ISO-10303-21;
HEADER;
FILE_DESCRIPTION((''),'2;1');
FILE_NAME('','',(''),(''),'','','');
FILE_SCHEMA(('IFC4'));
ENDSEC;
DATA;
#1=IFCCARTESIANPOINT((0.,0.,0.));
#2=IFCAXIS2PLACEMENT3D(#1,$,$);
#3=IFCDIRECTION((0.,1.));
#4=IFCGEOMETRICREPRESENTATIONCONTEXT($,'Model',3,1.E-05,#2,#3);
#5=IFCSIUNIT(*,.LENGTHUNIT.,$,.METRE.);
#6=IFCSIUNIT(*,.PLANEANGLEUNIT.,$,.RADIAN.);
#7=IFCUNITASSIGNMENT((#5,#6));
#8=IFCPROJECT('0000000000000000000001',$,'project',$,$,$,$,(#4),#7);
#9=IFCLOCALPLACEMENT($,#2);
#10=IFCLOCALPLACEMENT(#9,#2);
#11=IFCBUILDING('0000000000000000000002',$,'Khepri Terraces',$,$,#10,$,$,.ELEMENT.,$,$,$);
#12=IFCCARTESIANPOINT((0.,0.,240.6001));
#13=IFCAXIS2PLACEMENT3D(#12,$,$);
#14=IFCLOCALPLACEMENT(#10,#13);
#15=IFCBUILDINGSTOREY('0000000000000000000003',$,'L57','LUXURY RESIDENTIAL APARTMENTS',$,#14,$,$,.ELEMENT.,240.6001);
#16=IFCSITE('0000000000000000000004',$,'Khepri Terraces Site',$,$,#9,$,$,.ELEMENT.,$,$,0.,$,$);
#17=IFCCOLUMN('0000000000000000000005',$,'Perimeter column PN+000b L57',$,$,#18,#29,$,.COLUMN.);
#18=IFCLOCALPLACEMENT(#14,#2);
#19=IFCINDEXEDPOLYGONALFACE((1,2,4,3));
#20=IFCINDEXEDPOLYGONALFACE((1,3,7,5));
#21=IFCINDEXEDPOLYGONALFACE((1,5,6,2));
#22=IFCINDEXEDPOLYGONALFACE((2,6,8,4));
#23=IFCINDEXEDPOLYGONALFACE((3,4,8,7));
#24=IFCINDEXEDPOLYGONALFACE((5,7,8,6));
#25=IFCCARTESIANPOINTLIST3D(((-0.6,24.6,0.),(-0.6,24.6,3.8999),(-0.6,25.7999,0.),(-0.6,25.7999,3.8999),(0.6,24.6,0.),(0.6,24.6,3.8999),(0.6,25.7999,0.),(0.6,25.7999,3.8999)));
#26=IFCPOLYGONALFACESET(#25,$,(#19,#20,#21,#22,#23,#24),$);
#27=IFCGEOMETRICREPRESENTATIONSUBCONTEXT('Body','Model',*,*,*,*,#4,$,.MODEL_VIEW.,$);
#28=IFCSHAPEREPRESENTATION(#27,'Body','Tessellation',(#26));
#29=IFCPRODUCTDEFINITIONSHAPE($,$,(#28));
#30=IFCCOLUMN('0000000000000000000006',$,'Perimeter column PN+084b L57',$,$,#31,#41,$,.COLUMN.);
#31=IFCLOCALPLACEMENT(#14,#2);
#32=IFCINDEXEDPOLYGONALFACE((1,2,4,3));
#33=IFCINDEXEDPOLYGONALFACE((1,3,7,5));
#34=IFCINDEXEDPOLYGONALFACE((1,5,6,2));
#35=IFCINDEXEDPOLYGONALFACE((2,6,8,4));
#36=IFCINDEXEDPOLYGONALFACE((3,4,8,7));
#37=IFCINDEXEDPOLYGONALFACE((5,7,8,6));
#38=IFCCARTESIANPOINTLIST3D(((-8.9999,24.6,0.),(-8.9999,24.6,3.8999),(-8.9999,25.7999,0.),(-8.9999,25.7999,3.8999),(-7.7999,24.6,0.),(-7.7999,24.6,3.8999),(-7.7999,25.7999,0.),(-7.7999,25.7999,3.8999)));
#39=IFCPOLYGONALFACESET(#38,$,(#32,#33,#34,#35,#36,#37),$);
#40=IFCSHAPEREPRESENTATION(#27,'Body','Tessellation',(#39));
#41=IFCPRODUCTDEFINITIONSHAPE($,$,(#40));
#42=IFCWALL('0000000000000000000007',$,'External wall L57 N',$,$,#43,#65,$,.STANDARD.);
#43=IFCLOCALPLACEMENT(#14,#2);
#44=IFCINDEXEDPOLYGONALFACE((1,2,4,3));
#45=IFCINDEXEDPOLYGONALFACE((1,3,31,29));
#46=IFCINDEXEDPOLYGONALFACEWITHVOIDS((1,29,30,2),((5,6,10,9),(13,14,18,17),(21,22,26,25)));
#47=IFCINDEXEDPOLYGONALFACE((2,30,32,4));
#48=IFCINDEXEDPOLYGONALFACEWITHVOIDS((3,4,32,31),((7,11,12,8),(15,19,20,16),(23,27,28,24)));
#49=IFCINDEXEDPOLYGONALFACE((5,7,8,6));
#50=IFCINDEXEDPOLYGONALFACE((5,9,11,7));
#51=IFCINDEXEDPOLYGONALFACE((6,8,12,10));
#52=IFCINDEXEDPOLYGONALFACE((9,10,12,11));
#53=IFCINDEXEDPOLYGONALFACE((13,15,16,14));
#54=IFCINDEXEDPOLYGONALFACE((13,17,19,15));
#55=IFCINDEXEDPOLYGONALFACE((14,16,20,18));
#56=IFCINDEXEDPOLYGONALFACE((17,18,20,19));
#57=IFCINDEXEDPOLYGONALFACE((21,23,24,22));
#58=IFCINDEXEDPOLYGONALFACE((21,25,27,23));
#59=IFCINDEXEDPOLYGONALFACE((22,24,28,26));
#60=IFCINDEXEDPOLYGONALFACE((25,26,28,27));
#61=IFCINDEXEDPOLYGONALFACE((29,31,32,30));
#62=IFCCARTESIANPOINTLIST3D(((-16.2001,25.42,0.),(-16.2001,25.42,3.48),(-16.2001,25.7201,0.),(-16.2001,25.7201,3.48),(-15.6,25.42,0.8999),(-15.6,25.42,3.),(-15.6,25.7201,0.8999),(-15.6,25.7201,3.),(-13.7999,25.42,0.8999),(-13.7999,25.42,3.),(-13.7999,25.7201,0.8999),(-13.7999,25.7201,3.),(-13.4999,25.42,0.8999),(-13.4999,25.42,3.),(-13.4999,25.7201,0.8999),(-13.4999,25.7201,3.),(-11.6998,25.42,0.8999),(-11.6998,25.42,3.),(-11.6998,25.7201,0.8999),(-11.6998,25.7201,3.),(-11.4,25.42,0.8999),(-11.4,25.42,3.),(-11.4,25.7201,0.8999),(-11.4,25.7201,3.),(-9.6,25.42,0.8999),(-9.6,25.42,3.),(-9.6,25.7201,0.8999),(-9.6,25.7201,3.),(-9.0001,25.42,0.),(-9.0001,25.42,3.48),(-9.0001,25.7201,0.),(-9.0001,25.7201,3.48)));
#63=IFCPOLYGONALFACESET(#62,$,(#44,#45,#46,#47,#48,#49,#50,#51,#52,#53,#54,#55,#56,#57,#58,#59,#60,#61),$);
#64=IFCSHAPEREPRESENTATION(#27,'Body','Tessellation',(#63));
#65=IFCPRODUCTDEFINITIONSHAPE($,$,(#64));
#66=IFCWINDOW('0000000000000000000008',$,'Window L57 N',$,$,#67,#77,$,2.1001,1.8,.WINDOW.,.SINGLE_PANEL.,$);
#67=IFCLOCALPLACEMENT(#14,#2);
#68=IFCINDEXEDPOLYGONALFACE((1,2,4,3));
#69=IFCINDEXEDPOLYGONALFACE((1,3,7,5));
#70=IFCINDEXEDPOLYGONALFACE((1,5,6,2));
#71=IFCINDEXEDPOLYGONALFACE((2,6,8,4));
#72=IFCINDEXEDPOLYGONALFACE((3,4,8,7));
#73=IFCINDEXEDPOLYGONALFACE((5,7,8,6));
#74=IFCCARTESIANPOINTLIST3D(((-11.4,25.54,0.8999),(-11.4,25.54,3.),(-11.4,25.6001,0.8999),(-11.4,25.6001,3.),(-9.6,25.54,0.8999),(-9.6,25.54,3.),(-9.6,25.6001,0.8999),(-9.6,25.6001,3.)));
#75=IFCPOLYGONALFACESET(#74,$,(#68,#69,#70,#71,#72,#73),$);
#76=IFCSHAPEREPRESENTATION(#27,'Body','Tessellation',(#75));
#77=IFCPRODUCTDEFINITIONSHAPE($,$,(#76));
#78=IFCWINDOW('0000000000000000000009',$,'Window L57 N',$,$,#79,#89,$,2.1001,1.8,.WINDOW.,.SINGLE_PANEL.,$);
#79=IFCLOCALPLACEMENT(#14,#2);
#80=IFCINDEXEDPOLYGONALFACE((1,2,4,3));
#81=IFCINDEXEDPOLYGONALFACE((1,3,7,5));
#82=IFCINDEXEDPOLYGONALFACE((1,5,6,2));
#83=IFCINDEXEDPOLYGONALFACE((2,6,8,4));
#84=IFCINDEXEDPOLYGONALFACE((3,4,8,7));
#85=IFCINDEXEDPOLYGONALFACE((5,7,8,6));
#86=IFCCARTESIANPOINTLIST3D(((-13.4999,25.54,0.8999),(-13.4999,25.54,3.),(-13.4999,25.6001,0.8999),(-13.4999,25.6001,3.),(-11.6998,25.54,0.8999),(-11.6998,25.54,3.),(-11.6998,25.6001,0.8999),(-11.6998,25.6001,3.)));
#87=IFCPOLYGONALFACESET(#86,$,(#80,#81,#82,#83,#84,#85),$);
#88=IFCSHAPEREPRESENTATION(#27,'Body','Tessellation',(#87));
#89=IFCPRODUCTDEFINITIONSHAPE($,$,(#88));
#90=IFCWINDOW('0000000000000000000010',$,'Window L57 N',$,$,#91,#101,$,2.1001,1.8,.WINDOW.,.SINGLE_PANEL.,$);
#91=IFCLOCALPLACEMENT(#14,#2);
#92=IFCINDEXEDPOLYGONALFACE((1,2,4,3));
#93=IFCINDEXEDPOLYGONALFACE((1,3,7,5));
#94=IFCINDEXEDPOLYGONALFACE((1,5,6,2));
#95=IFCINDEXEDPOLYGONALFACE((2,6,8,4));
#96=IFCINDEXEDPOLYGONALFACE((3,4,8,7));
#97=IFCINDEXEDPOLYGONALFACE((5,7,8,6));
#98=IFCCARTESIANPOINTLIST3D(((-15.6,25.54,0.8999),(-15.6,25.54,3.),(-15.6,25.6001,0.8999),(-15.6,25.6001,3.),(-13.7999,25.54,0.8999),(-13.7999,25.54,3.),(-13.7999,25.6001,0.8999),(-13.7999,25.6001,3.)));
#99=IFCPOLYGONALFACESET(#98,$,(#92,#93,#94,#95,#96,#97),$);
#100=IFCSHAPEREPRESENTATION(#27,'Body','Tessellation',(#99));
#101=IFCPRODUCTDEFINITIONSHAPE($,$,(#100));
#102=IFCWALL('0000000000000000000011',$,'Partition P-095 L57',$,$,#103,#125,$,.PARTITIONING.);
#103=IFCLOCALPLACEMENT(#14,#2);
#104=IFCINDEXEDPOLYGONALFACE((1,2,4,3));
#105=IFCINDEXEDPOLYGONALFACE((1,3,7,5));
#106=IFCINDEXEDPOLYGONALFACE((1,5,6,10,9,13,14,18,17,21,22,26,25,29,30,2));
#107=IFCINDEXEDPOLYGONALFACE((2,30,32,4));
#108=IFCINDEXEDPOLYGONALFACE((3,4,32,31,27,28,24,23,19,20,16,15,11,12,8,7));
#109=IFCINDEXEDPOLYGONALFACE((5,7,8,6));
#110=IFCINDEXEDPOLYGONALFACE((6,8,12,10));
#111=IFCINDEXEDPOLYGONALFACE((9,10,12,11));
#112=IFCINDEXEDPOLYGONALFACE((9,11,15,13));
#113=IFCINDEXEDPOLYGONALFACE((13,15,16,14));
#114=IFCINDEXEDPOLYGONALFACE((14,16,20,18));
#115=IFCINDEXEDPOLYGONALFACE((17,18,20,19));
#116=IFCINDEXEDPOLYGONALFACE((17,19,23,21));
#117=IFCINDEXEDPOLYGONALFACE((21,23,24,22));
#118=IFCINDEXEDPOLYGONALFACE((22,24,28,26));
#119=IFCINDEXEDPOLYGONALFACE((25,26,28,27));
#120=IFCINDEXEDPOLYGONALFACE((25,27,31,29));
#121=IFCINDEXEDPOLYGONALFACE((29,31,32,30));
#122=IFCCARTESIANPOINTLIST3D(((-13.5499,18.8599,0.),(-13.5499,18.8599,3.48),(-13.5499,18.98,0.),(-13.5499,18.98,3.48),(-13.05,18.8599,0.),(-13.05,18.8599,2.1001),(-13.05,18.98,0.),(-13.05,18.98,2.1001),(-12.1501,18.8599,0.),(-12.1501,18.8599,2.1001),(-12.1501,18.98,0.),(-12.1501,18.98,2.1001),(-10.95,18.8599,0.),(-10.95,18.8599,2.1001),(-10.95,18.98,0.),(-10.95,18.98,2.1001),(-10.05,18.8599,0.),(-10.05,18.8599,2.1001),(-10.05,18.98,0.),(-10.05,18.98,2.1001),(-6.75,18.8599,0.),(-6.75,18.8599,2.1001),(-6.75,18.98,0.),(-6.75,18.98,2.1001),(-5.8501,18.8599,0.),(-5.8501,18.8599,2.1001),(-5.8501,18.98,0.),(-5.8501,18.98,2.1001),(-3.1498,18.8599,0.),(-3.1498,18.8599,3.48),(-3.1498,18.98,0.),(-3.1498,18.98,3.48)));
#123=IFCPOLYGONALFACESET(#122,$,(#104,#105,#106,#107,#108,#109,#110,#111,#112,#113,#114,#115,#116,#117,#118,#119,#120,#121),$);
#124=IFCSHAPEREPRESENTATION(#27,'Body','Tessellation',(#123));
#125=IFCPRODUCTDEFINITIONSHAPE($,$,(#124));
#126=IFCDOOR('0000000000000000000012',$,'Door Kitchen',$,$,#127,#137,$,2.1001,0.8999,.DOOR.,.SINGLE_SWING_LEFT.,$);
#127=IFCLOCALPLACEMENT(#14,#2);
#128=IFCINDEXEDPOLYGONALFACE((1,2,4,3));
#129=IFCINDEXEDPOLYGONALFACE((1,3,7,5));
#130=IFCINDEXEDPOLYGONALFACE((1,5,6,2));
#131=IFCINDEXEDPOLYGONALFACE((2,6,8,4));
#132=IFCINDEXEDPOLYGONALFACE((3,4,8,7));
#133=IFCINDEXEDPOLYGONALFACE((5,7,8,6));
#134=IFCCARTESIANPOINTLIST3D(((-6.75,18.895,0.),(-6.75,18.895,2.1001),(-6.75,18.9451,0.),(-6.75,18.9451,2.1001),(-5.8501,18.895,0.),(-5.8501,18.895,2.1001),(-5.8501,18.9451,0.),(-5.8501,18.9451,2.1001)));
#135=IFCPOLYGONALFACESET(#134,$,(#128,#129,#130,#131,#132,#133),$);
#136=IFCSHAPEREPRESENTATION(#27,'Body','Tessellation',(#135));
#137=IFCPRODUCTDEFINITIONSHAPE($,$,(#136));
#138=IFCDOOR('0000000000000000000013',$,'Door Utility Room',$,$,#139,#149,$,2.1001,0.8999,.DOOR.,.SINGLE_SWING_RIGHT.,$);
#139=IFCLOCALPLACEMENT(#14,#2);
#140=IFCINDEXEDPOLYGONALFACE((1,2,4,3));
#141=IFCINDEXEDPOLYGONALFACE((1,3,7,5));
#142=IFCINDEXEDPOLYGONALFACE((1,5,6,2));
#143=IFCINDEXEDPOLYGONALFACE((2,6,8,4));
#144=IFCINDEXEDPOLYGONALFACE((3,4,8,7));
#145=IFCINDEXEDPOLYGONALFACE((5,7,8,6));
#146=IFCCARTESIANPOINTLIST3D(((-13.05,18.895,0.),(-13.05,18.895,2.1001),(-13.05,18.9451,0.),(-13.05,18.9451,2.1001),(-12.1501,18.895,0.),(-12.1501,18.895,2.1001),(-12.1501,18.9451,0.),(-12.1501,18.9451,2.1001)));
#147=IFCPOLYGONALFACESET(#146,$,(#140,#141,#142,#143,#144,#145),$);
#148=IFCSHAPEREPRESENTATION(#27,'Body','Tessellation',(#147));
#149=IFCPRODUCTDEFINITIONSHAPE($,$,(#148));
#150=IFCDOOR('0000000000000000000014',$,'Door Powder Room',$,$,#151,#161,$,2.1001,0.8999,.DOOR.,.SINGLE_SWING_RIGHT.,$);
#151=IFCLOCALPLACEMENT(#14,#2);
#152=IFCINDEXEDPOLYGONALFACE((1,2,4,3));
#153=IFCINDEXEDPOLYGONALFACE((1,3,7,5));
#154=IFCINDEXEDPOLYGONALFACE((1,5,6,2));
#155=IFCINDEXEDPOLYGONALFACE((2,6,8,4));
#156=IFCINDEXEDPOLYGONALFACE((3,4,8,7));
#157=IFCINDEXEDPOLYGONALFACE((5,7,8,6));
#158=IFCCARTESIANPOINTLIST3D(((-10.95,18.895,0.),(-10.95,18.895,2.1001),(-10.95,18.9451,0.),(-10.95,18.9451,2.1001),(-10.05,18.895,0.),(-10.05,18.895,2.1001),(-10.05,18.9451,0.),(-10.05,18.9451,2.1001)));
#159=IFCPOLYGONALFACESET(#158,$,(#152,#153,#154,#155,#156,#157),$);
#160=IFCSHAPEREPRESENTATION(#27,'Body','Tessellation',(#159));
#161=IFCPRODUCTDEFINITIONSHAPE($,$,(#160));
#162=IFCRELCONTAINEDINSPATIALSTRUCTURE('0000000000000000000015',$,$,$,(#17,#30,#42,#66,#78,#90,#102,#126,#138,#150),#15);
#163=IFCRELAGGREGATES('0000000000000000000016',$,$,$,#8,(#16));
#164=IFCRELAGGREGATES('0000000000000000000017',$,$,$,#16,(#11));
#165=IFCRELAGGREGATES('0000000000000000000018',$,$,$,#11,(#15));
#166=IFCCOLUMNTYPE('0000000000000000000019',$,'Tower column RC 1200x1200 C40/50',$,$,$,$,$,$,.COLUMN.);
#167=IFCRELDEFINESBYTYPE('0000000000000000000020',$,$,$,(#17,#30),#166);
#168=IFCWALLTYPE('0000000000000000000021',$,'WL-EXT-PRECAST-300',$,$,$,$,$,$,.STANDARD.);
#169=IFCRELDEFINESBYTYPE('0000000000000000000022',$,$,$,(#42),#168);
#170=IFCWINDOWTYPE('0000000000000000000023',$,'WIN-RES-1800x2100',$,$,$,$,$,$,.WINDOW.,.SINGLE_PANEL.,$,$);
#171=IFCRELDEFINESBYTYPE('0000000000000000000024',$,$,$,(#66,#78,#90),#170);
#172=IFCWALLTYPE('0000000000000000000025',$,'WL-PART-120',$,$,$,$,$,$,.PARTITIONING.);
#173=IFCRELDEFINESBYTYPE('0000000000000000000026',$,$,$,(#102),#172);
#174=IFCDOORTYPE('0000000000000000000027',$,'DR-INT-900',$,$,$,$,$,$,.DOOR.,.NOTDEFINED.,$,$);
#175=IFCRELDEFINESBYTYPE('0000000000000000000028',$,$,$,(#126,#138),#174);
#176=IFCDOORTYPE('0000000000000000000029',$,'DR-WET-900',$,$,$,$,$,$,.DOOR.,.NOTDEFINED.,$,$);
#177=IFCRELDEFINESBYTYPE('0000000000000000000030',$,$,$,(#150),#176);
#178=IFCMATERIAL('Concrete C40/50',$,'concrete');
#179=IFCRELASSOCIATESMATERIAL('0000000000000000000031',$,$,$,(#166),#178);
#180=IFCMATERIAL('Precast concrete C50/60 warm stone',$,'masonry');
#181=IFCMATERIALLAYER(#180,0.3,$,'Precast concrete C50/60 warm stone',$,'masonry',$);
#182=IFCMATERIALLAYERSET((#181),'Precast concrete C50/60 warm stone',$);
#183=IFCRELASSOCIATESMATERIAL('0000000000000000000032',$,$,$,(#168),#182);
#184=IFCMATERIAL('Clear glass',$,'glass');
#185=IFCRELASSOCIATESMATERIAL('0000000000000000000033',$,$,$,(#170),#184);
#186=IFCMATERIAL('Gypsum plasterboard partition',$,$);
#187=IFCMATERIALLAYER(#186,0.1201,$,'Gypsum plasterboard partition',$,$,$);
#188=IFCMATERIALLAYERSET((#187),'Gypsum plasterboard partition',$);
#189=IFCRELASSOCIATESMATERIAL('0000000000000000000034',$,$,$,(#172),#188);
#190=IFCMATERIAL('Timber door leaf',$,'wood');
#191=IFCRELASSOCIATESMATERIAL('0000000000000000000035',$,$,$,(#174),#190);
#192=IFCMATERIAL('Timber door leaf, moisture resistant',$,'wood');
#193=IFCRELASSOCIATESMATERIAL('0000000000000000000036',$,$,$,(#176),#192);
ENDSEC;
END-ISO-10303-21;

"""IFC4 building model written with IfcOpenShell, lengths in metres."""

from ifc_helpers import new_model, si_unit, direction, frame, frame_2d, origin, origin_2d, place, context, subcontext, project, spatial, rectangle, extrude, material, layer, layer_set, material_profile, profile_set, type_object, element, fill, save


model = new_model("IFC4")

# Units and contexts
model_context = context("Model", 3, precision=1e-05, world=origin(), true_north=direction((0.0, 1.0)))
body_context = subcontext(model_context, "Body", "Model", "MODEL_VIEW")
ifc_project = project(units=[si_unit("LENGTHUNIT", "METRE"), si_unit("PLANEANGLEUNIT", "RADIAN")], contexts=[model_context])

# Site, building, storey
site_placement = place(None, origin())
site = spatial("IfcSite", under=ifc_project, at=site_placement, Name="Khepri Terraces Site", CompositionType="ELEMENT", RefElevation=0.0)
building_placement = place(site_placement, origin())
building = spatial("IfcBuilding", under=site, at=building_placement, Name="Khepri Terraces", CompositionType="ELEMENT")
storey_placement = place(building_placement, frame((0.0, 0.0, 240.6001)))
storey = spatial("IfcBuildingStorey", under=building, at=storey_placement, Name="L57", Description="LUXURY RESIDENTIAL APARTMENTS", CompositionType="ELEMENT", Elevation=240.6001)

# Columns
ifc_material_1 = material(Name="Concrete C40/50", Category="concrete")
ifc_material_profile = material_profile(ifc_material_1, rectangle(XDim=1.2, YDim=1.2, at=origin_2d()), Name="Concrete C40/50", Category="concrete")
ifc_profile_set = profile_set([ifc_material_profile], Name="Concrete C40/50")
column_type = type_object("IfcColumnType", Name="Tower column RC 1200x1200 C40/50", PredefinedType="COLUMN", material=ifc_profile_set)
for number, where, z_axis, x_axis, name in (
    (1, (0.0, 25.2, 0.0), (0.0, 0.0, 1.0), (1.0, 0.0, 0.0), "Perimeter column PN+000b L57"),
    (2, (-8.3999, 25.2, 0.0), (0.0, 0.0, 1.0), (1.0, 0.0, 0.0), "Perimeter column PN+084b L57"),
):
    element("IfcColumn", number, at=place(storey_placement, frame(where, z_axis=z_axis, x_axis=x_axis)), inside=storey, type_object=column_type, Name=name, PredefinedType="COLUMN", context=body_context, shape_type="SweptSolid", body=[
        extrude(rectangle(XDim=1.2, YDim=1.2, at=origin_2d()), origin(), (0.0, 0.0, 1.0), 3.8999),
    ])

# Shared definitions
ifc_material_2 = material(Name="Precast concrete C50/60 warm stone", Category="masonry")
ifc_layer_1 = layer(ifc_material_2, 0.3, Name="Precast concrete C50/60 warm stone", Category="masonry")
ifc_layer_set_1 = layer_set([ifc_layer_1], Name="Precast concrete C50/60 warm stone")
wall_type_1 = type_object("IfcWallType", Name="WL-EXT-PRECAST-300", PredefinedType="STANDARD", material=ifc_layer_set_1)
ifc_material_3 = material(Name="Clear glass", Category="glass")
window_type = type_object("IfcWindowType", Name="WIN-RES-1800x2100", PartitioningType="SINGLE_PANEL", PredefinedType="WINDOW", material=ifc_material_3)

# Wall, openings, windows
wall_1_placement = place(storey_placement, frame((-9.0, 25.5701, 0.0), z_axis=(0.0, 0.0, 1.0), x_axis=(-1.0, 0.0, 0.0)))
wall_1 = element("IfcWall", 3, at=wall_1_placement, inside=storey, type_object=wall_type_1, Name="External wall L57 N", PredefinedType="STANDARD", context=body_context, shape_type="SweptSolid", body=[
    extrude(rectangle(XDim=7.2, YDim=0.3, at=frame_2d((3.6001, 0.0))), origin(), (0.0, 0.0, 1.0), 3.48),
])
opening_1_placement = place(wall_1_placement, frame((0.6001, 0.0, 0.8999)))
opening_1 = element("IfcOpeningElement", 4, at=opening_1_placement, cuts=wall_1, PredefinedType="OPENING", context=body_context, shape_type="SweptSolid", body=[
    extrude(rectangle(XDim=1.8, YDim=2.1001, at=frame_2d((0.8999, 1.05))), frame((0.0, 0.1602, 0.0), z_axis=(0.0, -1.0, 0.0), x_axis=(1.0, 0.0, 0.0)), (0.0, 0.0, 1.0), 0.3201),
])
opening_2_placement = place(wall_1_placement, frame((2.7, 0.0, 0.8999)))
opening_2 = element("IfcOpeningElement", 5, at=opening_2_placement, cuts=wall_1, PredefinedType="OPENING", context=body_context, shape_type="SweptSolid", body=[
    extrude(rectangle(XDim=1.8, YDim=2.1001, at=frame_2d((0.8999, 1.05))), frame((0.0, 0.1602, 0.0), z_axis=(0.0, -1.0, 0.0), x_axis=(1.0, 0.0, 0.0)), (0.0, 0.0, 1.0), 0.3201),
])
opening_3_placement = place(wall_1_placement, frame((4.8, 0.0, 0.8999)))
opening_3 = element("IfcOpeningElement", 6, at=opening_3_placement, cuts=wall_1, PredefinedType="OPENING", context=body_context, shape_type="SweptSolid", body=[
    extrude(rectangle(XDim=1.8, YDim=2.1001, at=frame_2d((0.8999, 1.05))), frame((0.0, 0.1602, 0.0), z_axis=(0.0, -1.0, 0.0), x_axis=(1.0, 0.0, 0.0)), (0.0, 0.0, 1.0), 0.3201),
])
window_1_placement = place(opening_1_placement, origin())
window_1 = element("IfcWindow", 7, at=window_1_placement, inside=storey, type_object=window_type, Name="Window L57 N", OverallHeight=2.1001, OverallWidth=1.8, PartitioningType="SINGLE_PANEL", PredefinedType="WINDOW", context=body_context, shape_type="SweptSolid", body=[
    extrude(rectangle(XDim=1.8, YDim=2.1001, at=frame_2d((0.8999, 1.05))), frame((0.0, 0.03, 0.0), z_axis=(0.0, -1.0, 0.0), x_axis=(1.0, 0.0, 0.0)), (0.0, 0.0, 1.0), 0.0601),
])
fill(opening_1, window_1)
window_2_placement = place(opening_2_placement, origin())
window_2 = element("IfcWindow", 8, at=window_2_placement, inside=storey, type_object=window_type, Name="Window L57 N", OverallHeight=2.1001, OverallWidth=1.8, PartitioningType="SINGLE_PANEL", PredefinedType="WINDOW", context=body_context, shape_type="SweptSolid", body=[
    extrude(rectangle(XDim=1.8, YDim=2.1001, at=frame_2d((0.8999, 1.05))), frame((0.0, 0.03, 0.0), z_axis=(0.0, -1.0, 0.0), x_axis=(1.0, 0.0, 0.0)), (0.0, 0.0, 1.0), 0.0601),
])
fill(opening_2, window_2)
window_3_placement = place(opening_3_placement, origin())
window_3 = element("IfcWindow", 9, at=window_3_placement, inside=storey, type_object=window_type, Name="Window L57 N", OverallHeight=2.1001, OverallWidth=1.8, PartitioningType="SINGLE_PANEL", PredefinedType="WINDOW", context=body_context, shape_type="SweptSolid", body=[
    extrude(rectangle(XDim=1.8, YDim=2.1001, at=frame_2d((0.8999, 1.05))), frame((0.0, 0.03, 0.0), z_axis=(0.0, -1.0, 0.0), x_axis=(1.0, 0.0, 0.0)), (0.0, 0.0, 1.0), 0.0601),
])
fill(opening_3, window_3)

# Wall, openings, doors
ifc_material_4 = material(Name="Gypsum plasterboard partition")
ifc_layer_2 = layer(ifc_material_4, 0.1201, Name="Gypsum plasterboard partition")
ifc_layer_set_2 = layer_set([ifc_layer_2], Name="Gypsum plasterboard partition")
wall_type_2 = type_object("IfcWallType", Name="WL-PART-120", PredefinedType="PARTITIONING", material=ifc_layer_set_2)
wall_2_placement = place(storey_placement, frame((-13.55, 18.9199, 0.0), z_axis=(0.0, 0.0, 1.0), x_axis=(1.0, 0.0, 0.0)))
wall_2 = element("IfcWall", 10, at=wall_2_placement, inside=storey, type_object=wall_type_2, Name="Partition P-095 L57", PredefinedType="PARTITIONING", context=body_context, shape_type="SweptSolid", body=[
    extrude(rectangle(XDim=10.4001, YDim=0.1201, at=frame_2d((5.2002, 0.0))), origin(), (0.0, 0.0, 1.0), 3.48),
])
opening_4_placement = place(wall_2_placement, frame((6.8, 0.0, 0.0)))
opening_4 = element("IfcOpeningElement", 11, at=opening_4_placement, cuts=wall_2, PredefinedType="OPENING", context=body_context, shape_type="SweptSolid", body=[
    extrude(rectangle(XDim=0.8999, YDim=2.1001, at=frame_2d((0.45, 1.05))), frame((0.0, 0.0701, 0.0), z_axis=(0.0, -1.0, 0.0), x_axis=(1.0, 0.0, 0.0)), (0.0, 0.0, 1.0), 0.1401),
])
opening_5_placement = place(wall_2_placement, frame((2.6001, 0.0, 0.0)))
opening_5 = element("IfcOpeningElement", 12, at=opening_5_placement, cuts=wall_2, PredefinedType="OPENING", context=body_context, shape_type="SweptSolid", body=[
    extrude(rectangle(XDim=0.8999, YDim=2.1001, at=frame_2d((0.45, 1.05))), frame((0.0, 0.0701, 0.0), z_axis=(0.0, -1.0, 0.0), x_axis=(1.0, 0.0, 0.0)), (0.0, 0.0, 1.0), 0.1401),
])
opening_6_placement = place(wall_2_placement, frame((0.5, 0.0, 0.0)))
opening_6 = element("IfcOpeningElement", 13, at=opening_6_placement, cuts=wall_2, PredefinedType="OPENING", context=body_context, shape_type="SweptSolid", body=[
    extrude(rectangle(XDim=0.8999, YDim=2.1001, at=frame_2d((0.45, 1.05))), frame((0.0, 0.0701, 0.0), z_axis=(0.0, -1.0, 0.0), x_axis=(1.0, 0.0, 0.0)), (0.0, 0.0, 1.0), 0.1401),
])
ifc_material_5 = material(Name="Timber door leaf", Category="wood")
door_type_1 = type_object("IfcDoorType", Name="DR-INT-900", OperationType="NOTDEFINED", PredefinedType="DOOR", material=ifc_material_5)
door_1_placement = place(opening_4_placement, frame((0.8999, 0.0, 0.0), z_axis=(0.0, 0.0, 1.0), x_axis=(-1.0, 0.0, 0.0)))
door_1 = element("IfcDoor", 14, at=door_1_placement, inside=storey, type_object=door_type_1, Name="Door Kitchen", OperationType="SINGLE_SWING_LEFT", OverallHeight=2.1001, OverallWidth=0.8999, PredefinedType="DOOR", context=body_context, shape_type="SweptSolid", body=[
    extrude(rectangle(XDim=0.8999, YDim=2.1001, at=frame_2d((0.45, 1.05))), frame((0.0, 0.0249, 0.0), z_axis=(0.0, -1.0, 0.0), x_axis=(1.0, 0.0, 0.0)), (0.0, 0.0, 1.0), 0.05),
])
fill(opening_4, door_1)
door_2_placement = place(opening_6_placement, frame((0.8999, 0.0, 0.0), z_axis=(0.0, 0.0, 1.0), x_axis=(-1.0, 0.0, 0.0)))
door_2 = element("IfcDoor", 15, at=door_2_placement, inside=storey, type_object=door_type_1, Name="Door Utility Room", OperationType="SINGLE_SWING_RIGHT", OverallHeight=2.1001, OverallWidth=0.8999, PredefinedType="DOOR", context=body_context, shape_type="SweptSolid", body=[
    extrude(rectangle(XDim=0.8999, YDim=2.1001, at=frame_2d((0.45, 1.05))), frame((0.0, 0.0249, 0.0), z_axis=(0.0, -1.0, 0.0), x_axis=(1.0, 0.0, 0.0)), (0.0, 0.0, 1.0), 0.05),
])
fill(opening_6, door_2)
ifc_material_6 = material(Name="Timber door leaf, moisture resistant", Category="wood")
door_type_2 = type_object("IfcDoorType", Name="DR-WET-900", OperationType="NOTDEFINED", PredefinedType="DOOR", material=ifc_material_6)
door_3_placement = place(opening_5_placement, frame((0.8999, 0.0, 0.0), z_axis=(0.0, 0.0, 1.0), x_axis=(-1.0, 0.0, 0.0)))
door_3 = element("IfcDoor", 16, at=door_3_placement, inside=storey, type_object=door_type_2, Name="Door Powder Room", OperationType="SINGLE_SWING_RIGHT", OverallHeight=2.1001, OverallWidth=0.8999, PredefinedType="DOOR", context=body_context, shape_type="SweptSolid", body=[
    extrude(rectangle(XDim=0.8999, YDim=2.1001, at=frame_2d((0.45, 1.05))), frame((0.0, 0.0249, 0.0), z_axis=(0.0, -1.0, 0.0), x_axis=(1.0, 0.0, 0.0)), (0.0, 0.0, 1.0), 0.05),
])
fill(opening_5, door_3)

save(model, "model.ifc")
